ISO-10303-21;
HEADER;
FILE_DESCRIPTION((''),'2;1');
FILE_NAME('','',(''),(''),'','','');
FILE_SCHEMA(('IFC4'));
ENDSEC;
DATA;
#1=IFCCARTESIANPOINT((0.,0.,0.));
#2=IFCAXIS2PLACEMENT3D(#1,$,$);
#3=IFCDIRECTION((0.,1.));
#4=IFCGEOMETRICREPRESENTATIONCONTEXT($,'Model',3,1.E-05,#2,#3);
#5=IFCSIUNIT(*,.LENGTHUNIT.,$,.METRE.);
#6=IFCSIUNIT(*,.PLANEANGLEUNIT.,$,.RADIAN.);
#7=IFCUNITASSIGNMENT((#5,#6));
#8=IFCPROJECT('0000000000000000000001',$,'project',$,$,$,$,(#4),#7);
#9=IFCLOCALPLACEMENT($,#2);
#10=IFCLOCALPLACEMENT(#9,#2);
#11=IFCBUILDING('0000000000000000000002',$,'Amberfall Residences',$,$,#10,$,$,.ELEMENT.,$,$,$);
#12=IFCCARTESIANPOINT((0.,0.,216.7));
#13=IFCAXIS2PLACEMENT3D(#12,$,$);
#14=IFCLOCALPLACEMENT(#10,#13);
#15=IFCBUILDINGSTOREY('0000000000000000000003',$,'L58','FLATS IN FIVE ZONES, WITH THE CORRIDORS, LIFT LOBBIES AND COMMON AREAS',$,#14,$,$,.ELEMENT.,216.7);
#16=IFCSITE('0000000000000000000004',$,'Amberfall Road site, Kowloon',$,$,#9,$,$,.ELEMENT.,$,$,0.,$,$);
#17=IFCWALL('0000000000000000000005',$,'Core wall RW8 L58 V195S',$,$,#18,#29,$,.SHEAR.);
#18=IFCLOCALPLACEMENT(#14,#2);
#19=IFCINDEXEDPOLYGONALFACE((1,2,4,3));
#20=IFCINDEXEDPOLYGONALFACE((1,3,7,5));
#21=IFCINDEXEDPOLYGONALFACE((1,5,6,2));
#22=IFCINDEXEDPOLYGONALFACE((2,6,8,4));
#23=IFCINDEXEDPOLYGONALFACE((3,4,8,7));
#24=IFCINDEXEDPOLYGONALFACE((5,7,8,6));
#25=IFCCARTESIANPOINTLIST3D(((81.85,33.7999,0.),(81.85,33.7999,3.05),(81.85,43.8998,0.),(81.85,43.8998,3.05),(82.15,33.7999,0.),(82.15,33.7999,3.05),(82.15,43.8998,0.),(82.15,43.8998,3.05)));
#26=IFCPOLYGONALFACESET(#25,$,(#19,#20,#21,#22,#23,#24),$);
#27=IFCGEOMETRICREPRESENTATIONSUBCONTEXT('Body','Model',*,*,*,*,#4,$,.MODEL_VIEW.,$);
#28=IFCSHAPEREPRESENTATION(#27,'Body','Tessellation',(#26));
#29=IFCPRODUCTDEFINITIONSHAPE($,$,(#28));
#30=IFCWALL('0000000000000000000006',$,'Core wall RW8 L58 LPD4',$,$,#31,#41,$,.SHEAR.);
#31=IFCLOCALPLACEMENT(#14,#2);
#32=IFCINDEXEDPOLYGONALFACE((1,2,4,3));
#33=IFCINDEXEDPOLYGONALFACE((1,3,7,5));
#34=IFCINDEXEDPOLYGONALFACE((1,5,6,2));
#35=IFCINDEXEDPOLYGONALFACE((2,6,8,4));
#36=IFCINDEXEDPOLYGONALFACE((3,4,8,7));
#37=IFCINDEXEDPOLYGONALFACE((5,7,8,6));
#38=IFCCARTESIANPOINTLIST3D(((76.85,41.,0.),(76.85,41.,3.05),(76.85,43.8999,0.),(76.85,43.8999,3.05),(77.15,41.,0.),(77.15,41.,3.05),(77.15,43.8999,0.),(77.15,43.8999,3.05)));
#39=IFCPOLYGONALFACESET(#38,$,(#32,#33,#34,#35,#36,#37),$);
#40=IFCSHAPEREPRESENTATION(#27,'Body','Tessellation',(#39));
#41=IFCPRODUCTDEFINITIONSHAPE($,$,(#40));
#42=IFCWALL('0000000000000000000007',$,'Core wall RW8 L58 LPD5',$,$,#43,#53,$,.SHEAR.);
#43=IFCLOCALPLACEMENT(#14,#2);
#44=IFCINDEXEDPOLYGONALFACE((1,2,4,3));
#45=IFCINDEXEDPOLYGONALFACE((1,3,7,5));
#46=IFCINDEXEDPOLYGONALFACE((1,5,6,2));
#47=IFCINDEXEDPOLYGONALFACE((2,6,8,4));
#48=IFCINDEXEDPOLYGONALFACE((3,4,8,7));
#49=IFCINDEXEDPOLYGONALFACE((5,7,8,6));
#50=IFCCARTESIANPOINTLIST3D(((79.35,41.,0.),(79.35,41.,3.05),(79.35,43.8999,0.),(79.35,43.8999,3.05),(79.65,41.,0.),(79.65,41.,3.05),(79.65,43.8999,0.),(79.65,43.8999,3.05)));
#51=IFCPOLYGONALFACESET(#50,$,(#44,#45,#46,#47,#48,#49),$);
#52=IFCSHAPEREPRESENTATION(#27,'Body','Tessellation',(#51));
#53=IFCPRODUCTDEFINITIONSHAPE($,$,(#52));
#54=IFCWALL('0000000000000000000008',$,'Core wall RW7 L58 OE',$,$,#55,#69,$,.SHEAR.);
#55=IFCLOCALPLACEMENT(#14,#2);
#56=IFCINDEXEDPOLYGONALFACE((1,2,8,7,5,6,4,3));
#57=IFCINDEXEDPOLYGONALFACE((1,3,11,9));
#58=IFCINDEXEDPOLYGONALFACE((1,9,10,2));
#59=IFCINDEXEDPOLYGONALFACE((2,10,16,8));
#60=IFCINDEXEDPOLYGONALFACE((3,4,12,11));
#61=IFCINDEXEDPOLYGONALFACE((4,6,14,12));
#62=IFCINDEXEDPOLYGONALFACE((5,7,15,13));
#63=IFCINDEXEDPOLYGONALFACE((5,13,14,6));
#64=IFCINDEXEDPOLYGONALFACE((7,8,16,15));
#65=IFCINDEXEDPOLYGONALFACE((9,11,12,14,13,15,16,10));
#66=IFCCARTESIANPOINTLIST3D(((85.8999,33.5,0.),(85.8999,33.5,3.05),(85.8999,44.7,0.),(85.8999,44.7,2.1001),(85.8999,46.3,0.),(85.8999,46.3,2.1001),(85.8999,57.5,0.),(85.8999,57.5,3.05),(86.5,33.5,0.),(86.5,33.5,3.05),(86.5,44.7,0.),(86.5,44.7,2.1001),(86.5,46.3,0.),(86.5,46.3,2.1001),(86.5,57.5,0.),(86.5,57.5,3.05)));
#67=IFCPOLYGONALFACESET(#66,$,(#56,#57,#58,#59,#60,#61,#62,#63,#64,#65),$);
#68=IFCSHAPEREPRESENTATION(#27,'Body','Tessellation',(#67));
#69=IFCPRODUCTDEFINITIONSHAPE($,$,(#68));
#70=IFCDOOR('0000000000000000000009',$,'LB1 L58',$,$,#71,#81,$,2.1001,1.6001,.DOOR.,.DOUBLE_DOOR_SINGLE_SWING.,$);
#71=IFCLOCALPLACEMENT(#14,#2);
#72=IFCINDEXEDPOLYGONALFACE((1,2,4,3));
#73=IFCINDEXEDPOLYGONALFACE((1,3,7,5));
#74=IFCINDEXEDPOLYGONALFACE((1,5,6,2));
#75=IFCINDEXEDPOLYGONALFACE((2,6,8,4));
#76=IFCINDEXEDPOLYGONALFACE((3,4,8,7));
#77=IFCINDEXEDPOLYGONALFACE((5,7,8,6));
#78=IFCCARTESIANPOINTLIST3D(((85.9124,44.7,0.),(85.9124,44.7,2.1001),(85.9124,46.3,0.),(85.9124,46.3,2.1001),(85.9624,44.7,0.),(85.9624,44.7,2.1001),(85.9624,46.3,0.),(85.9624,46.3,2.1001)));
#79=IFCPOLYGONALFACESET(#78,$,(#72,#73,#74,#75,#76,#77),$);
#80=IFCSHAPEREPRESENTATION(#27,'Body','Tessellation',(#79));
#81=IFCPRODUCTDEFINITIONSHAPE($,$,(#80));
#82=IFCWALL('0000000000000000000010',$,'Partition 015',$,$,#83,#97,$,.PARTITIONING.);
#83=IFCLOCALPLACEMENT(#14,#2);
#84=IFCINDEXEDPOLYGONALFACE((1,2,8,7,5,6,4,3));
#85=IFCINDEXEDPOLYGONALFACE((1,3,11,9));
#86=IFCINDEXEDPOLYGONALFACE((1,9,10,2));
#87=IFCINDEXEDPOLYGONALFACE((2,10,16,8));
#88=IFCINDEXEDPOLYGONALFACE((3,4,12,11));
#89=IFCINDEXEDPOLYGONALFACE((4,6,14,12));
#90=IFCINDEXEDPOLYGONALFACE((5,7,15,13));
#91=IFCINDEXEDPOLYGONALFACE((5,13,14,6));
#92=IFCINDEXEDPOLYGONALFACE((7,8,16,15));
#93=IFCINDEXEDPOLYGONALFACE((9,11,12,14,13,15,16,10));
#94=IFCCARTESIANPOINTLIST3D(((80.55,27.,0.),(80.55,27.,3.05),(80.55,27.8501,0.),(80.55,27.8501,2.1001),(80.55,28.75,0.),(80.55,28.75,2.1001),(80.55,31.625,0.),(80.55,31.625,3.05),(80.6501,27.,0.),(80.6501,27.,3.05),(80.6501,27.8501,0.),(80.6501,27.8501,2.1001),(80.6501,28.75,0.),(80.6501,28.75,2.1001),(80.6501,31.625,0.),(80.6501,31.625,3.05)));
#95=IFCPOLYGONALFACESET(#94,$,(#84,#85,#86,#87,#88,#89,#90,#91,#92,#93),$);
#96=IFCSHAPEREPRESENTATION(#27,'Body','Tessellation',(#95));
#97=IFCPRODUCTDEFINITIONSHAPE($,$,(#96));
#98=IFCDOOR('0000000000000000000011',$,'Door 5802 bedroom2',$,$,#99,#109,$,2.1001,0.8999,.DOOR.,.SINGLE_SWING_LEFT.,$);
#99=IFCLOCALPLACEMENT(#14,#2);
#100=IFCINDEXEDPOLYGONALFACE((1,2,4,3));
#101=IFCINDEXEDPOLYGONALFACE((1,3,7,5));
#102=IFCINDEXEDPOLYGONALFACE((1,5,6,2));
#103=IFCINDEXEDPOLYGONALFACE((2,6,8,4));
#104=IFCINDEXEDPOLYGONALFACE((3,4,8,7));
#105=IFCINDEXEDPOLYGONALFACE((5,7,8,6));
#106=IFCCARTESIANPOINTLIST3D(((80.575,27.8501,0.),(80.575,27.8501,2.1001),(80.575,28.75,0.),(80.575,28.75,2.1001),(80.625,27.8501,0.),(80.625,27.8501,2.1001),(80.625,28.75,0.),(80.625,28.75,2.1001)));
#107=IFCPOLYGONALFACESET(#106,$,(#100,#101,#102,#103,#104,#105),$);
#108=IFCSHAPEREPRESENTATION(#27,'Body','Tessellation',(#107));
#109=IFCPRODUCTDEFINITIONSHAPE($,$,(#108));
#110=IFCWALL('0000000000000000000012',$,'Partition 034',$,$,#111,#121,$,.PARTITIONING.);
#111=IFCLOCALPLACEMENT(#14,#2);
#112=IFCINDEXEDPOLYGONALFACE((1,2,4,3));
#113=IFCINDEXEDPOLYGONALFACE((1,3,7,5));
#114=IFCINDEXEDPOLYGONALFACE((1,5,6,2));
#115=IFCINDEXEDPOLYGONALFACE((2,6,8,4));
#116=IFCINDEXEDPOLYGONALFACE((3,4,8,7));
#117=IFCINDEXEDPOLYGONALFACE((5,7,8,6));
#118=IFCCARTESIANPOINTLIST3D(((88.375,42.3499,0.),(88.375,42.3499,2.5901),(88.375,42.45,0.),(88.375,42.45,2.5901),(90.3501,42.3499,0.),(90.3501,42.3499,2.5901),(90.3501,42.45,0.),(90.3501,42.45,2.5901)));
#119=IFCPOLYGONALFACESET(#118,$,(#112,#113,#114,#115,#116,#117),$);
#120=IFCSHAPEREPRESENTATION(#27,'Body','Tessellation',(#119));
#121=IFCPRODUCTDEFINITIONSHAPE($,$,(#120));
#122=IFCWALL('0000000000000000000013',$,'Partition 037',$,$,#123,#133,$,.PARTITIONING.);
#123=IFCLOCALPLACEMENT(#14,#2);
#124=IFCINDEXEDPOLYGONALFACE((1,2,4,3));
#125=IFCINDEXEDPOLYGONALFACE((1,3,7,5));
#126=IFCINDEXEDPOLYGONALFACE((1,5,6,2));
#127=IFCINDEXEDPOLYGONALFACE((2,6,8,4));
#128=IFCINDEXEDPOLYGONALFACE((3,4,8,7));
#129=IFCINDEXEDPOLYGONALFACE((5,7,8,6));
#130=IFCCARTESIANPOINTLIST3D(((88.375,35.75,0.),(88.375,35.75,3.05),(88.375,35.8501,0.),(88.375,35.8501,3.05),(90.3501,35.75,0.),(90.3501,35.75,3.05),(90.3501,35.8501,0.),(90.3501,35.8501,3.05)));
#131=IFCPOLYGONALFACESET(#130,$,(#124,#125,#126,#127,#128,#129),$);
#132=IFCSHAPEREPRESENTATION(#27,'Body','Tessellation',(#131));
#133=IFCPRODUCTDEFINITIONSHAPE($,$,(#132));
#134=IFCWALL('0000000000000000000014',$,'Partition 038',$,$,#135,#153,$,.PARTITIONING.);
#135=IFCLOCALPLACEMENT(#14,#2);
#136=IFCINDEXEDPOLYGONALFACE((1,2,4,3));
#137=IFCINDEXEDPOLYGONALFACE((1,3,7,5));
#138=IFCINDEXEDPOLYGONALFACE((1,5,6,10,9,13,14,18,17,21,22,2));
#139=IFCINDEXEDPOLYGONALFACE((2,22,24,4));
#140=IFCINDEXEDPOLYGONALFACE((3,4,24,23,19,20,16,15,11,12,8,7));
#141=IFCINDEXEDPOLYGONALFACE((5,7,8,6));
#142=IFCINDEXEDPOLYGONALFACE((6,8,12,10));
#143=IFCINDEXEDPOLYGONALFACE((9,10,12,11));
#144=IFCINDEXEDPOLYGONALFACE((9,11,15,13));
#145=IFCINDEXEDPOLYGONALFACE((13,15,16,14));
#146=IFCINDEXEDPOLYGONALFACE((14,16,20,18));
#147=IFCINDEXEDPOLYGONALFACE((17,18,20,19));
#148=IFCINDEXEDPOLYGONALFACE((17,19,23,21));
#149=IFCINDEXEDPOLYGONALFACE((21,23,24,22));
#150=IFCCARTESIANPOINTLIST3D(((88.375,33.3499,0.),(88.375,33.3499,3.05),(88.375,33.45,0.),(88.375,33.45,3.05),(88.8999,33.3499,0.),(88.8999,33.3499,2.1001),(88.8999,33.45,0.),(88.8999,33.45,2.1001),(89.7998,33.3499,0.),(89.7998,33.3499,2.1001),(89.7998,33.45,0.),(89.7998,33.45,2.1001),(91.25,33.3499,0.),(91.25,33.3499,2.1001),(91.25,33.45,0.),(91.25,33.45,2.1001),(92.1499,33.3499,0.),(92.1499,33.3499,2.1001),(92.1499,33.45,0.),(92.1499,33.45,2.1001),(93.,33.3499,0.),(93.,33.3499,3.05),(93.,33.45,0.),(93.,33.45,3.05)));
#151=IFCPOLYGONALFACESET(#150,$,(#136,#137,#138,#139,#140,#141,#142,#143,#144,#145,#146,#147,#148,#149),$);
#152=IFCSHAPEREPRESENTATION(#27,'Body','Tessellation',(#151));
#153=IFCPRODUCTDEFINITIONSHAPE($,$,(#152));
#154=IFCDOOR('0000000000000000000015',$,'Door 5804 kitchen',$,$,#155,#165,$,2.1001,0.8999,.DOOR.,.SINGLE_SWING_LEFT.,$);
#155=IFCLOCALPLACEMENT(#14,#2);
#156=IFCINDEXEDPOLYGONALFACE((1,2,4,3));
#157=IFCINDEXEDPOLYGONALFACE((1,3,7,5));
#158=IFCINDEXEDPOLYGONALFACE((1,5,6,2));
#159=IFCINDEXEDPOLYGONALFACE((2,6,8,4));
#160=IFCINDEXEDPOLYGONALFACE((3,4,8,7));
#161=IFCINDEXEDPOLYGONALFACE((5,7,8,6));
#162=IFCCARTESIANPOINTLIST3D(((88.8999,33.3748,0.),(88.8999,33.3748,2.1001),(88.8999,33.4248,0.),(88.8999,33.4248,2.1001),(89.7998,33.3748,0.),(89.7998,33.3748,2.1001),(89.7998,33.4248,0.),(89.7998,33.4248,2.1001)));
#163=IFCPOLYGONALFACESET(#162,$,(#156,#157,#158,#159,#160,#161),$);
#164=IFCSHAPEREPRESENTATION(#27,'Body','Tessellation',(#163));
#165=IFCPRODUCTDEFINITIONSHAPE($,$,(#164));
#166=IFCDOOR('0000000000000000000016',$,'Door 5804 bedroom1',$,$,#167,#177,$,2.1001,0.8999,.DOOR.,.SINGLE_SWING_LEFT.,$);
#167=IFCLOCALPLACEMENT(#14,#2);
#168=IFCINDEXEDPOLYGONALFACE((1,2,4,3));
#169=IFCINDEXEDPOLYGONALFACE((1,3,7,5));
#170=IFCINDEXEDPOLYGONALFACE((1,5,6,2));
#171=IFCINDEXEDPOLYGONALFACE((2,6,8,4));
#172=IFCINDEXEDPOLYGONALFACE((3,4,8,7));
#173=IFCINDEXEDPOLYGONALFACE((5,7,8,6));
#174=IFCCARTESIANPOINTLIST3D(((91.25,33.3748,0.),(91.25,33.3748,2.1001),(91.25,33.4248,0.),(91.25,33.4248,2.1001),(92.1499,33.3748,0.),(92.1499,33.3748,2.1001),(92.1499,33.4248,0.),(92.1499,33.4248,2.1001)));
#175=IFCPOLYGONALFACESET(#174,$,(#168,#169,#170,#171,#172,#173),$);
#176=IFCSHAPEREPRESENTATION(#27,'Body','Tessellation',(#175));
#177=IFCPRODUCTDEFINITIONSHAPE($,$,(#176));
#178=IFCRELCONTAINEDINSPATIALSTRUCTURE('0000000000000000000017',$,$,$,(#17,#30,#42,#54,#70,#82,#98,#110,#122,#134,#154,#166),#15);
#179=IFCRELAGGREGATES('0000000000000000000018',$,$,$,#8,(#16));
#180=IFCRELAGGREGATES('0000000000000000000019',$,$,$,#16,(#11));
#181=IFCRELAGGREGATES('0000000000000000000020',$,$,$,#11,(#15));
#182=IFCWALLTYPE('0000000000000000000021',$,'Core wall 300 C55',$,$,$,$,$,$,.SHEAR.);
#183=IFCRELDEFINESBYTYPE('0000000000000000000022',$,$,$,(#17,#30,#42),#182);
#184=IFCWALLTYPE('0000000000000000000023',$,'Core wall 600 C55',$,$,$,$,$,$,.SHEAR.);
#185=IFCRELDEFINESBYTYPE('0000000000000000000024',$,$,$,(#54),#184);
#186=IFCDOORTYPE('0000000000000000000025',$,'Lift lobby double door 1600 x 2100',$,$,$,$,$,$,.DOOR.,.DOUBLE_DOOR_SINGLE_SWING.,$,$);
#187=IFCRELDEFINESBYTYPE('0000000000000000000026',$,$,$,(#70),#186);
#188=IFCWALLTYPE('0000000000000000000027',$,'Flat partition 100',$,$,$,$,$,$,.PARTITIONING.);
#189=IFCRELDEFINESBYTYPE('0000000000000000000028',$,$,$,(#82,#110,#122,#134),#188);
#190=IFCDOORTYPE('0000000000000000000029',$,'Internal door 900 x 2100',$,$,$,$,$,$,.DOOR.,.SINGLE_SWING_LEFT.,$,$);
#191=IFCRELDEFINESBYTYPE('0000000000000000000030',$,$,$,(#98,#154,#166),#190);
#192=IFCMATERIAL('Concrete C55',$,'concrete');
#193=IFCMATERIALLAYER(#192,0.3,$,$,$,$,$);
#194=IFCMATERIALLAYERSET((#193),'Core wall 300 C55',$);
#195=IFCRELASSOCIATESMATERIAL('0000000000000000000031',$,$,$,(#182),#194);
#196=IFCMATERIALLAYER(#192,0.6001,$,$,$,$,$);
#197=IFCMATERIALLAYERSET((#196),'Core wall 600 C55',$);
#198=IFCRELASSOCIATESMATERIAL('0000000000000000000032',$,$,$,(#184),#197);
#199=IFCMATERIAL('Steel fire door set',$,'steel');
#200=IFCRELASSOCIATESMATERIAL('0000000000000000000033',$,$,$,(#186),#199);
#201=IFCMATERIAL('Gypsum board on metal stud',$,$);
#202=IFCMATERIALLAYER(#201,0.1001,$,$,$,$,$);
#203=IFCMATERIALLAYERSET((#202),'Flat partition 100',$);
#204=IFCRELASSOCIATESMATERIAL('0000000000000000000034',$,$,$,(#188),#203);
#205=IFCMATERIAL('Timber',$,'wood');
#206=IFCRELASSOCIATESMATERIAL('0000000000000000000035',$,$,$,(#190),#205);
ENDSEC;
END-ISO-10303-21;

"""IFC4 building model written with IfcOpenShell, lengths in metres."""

from ifc_helpers import new_model, si_unit, direction, frame, frame_2d, origin, place, context, subcontext, project, spatial, rectangle, extrude, material, layer, layer_set, type_object, element, fill, save


model = new_model("IFC4")

# Units and contexts
model_context = context("Model", 3, precision=1e-05, world=origin(), true_north=direction((0.0, 1.0)))
body_context = subcontext(model_context, "Body", "Model", "MODEL_VIEW")
ifc_project = project(units=[si_unit("LENGTHUNIT", "METRE"), si_unit("PLANEANGLEUNIT", "RADIAN")], contexts=[model_context])

# Site, building, storey
site_placement = place(None, origin())
site = spatial("IfcSite", under=ifc_project, at=site_placement, Name="Amberfall Road site, Kowloon", CompositionType="ELEMENT", RefElevation=0.0)
building_placement = place(site_placement, origin())
building = spatial("IfcBuilding", under=site, at=building_placement, Name="Amberfall Residences", CompositionType="ELEMENT")
storey_placement = place(building_placement, frame((0.0, 0.0, 216.7)))
storey = spatial("IfcBuildingStorey", under=building, at=storey_placement, Name="L58", Description="FLATS IN FIVE ZONES, WITH THE CORRIDORS, LIFT LOBBIES AND COMMON AREAS", CompositionType="ELEMENT", Elevation=216.7)

# Walls
ifc_material_1 = material(Name="Concrete C55", Category="concrete")
ifc_layer_1 = layer(ifc_material_1, 0.3)
ifc_layer_set_1 = layer_set([ifc_layer_1], Name="Core wall 300 C55")
wall_type_1 = type_object("IfcWallType", Name="Core wall 300 C55", PredefinedType="SHEAR", material=ifc_layer_set_1)
wall_1_placement = place(storey_placement, frame((82.0, 33.8, 0.0), z_axis=(0.0, 0.0, 1.0), x_axis=(0.0, 1.0, 0.0)))
element("IfcWall", 1, at=wall_1_placement, inside=storey, type_object=wall_type_1, Name="Core wall RW8 L58 V195S", PredefinedType="SHEAR", context=body_context, shape_type="SweptSolid", body=[
    extrude(rectangle(XDim=10.0999, YDim=0.3, at=frame_2d((5.0498, 0.0))), origin(), (0.0, 0.0, 1.0), 3.05),
])
for number, where, z_axis, x_axis, name in (
    (2, (77.0, 41.0, 0.0), (0.0, 0.0, 1.0), (0.0, 1.0, 0.0), "Core wall RW8 L58 LPD4"),
    (3, (79.5, 41.0, 0.0), (0.0, 0.0, 1.0), (0.0, 1.0, 0.0), "Core wall RW8 L58 LPD5"),
):
    element("IfcWall", number, at=place(storey_placement, frame(where, z_axis=z_axis, x_axis=x_axis)), inside=storey, type_object=wall_type_1, Name=name, PredefinedType="SHEAR", context=body_context, shape_type="SweptSolid", body=[
        extrude(rectangle(XDim=2.8999, YDim=0.3, at=frame_2d((1.45, 0.0))), origin(), (0.0, 0.0, 1.0), 3.05),
    ])

# Walls, openings, doors
ifc_layer_2 = layer(ifc_material_1, 0.6001)
ifc_layer_set_2 = layer_set([ifc_layer_2], Name="Core wall 600 C55")
wall_type_2 = type_object("IfcWallType", Name="Core wall 600 C55", PredefinedType="SHEAR", material=ifc_layer_set_2)
wall_2_placement = place(storey_placement, frame((86.2, 33.5, 0.0), z_axis=(0.0, 0.0, 1.0), x_axis=(0.0, 1.0, 0.0)))
wall_2 = element("IfcWall", 4, at=wall_2_placement, inside=storey, type_object=wall_type_2, Name="Core wall RW7 L58 OE", PredefinedType="SHEAR", context=body_context, shape_type="SweptSolid", body=[
    extrude(rectangle(XDim=24.0, YDim=0.6001, at=frame_2d((12.0, 0.0))), origin(), (0.0, 0.0, 1.0), 3.05),
])
opening_1_placement = place(wall_2_placement, frame((11.2, 0.0, 0.0)))
opening_1 = element("IfcOpeningElement", 5, at=opening_1_placement, cuts=wall_2, PredefinedType="OPENING", context=body_context, shape_type="SweptSolid", body=[
    extrude(rectangle(XDim=1.6001, YDim=2.1001, at=frame_2d((0.8, 1.05))), frame((0.0, 0.3101, 0.0), z_axis=(0.0, -1.0, 0.0), x_axis=(1.0, 0.0, 0.0)), (0.0, 0.0, 1.0), 0.6201),
])
ifc_material_2 = material(Name="Steel fire door set", Category="steel")
door_type_1 = type_object("IfcDoorType", Name="Lift lobby double door 1600 x 2100", OperationType="DOUBLE_DOOR_SINGLE_SWING", PredefinedType="DOOR", material=ifc_material_2)
door_1_placement = place(opening_1_placement, origin())
door_1 = element("IfcDoor", 6, at=door_1_placement, inside=storey, type_object=door_type_1, Name="LB1 L58", OperationType="DOUBLE_DOOR_SINGLE_SWING", OverallHeight=2.1001, OverallWidth=1.6001, PredefinedType="DOOR", context=body_context, shape_type="SweptSolid", body=[
    extrude(rectangle(XDim=1.6001, YDim=2.1001, at=frame_2d((0.8, 1.05))), frame((0.0, 0.2876, 0.0), z_axis=(0.0, -1.0, 0.0), x_axis=(1.0, 0.0, 0.0)), (0.0, 0.0, 1.0), 0.05),
])
fill(opening_1, door_1)
ifc_material_3 = material(Name="Gypsum board on metal stud")
ifc_layer_3 = layer(ifc_material_3, 0.1001)
ifc_layer_set_3 = layer_set([ifc_layer_3], Name="Flat partition 100")
wall_type_3 = type_object("IfcWallType", Name="Flat partition 100", PredefinedType="PARTITIONING", material=ifc_layer_set_3)
wall_3_placement = place(storey_placement, frame((80.6001, 31.625, 0.0), z_axis=(0.0, 0.0, 1.0), x_axis=(0.0, -1.0, 0.0)))
wall_3 = element("IfcWall", 7, at=wall_3_placement, inside=storey, type_object=wall_type_3, Name="Partition 015", PredefinedType="PARTITIONING", context=body_context, shape_type="SweptSolid", body=[
    extrude(rectangle(XDim=4.625, YDim=0.1001, at=frame_2d((2.3125, 0.0))), origin(), (0.0, 0.0, 1.0), 3.05),
])
opening_2_placement = place(wall_3_placement, frame((2.875, 0.0, 0.0)))
opening_2 = element("IfcOpeningElement", 8, at=opening_2_placement, cuts=wall_3, PredefinedType="OPENING", context=body_context, shape_type="SweptSolid", body=[
    extrude(rectangle(XDim=0.8999, YDim=2.1001, at=frame_2d((0.45, 1.05))), frame((0.0, 0.0601, 0.0), z_axis=(0.0, -1.0, 0.0), x_axis=(1.0, 0.0, 0.0)), (0.0, 0.0, 1.0), 0.1201),
])
ifc_material_4 = material(Name="Timber", Category="wood")
door_type_2 = type_object("IfcDoorType", Name="Internal door 900 x 2100", OperationType="SINGLE_SWING_LEFT", PredefinedType="DOOR", material=ifc_material_4)
door_2_placement = place(opening_2_placement, origin())
door_2 = element("IfcDoor", 9, at=door_2_placement, inside=storey, type_object=door_type_2, Name="Door 5802 bedroom2", OperationType="SINGLE_SWING_LEFT", OverallHeight=2.1001, OverallWidth=0.8999, PredefinedType="DOOR", context=body_context, shape_type="SweptSolid", body=[
    extrude(rectangle(XDim=0.8999, YDim=2.1001, at=frame_2d((0.45, 1.05))), frame((0.0, 0.0249, 0.0), z_axis=(0.0, -1.0, 0.0), x_axis=(1.0, 0.0, 0.0)), (0.0, 0.0, 1.0), 0.05),
])
fill(opening_2, door_2)

# Walls
wall_4_placement = place(storey_placement, frame((88.375, 42.3999, 0.0), z_axis=(0.0, 0.0, 1.0), x_axis=(1.0, 0.0, 0.0)))
element("IfcWall", 10, at=wall_4_placement, inside=storey, type_object=wall_type_3, Name="Partition 034", PredefinedType="PARTITIONING", context=body_context, shape_type="SweptSolid", body=[
    extrude(rectangle(XDim=1.9751, YDim=0.1001, at=frame_2d((0.9875, 0.0))), origin(), (0.0, 0.0, 1.0), 2.5901),
])
wall_5_placement = place(storey_placement, frame((88.375, 35.8, 0.0), z_axis=(0.0, 0.0, 1.0), x_axis=(1.0, 0.0, 0.0)))
element("IfcWall", 11, at=wall_5_placement, inside=storey, type_object=wall_type_3, Name="Partition 037", PredefinedType="PARTITIONING", context=body_context, shape_type="SweptSolid", body=[
    extrude(rectangle(XDim=1.9751, YDim=0.1001, at=frame_2d((0.9875, 0.0))), origin(), (0.0, 0.0, 1.0), 3.05),
])

# Wall, openings, doors
wall_6_placement = place(storey_placement, frame((88.375, 33.3999, 0.0), z_axis=(0.0, 0.0, 1.0), x_axis=(1.0, 0.0, 0.0)))
wall_6 = element("IfcWall", 12, at=wall_6_placement, inside=storey, type_object=wall_type_3, Name="Partition 038", PredefinedType="PARTITIONING", context=body_context, shape_type="SweptSolid", body=[
    extrude(rectangle(XDim=4.625, YDim=0.1001, at=frame_2d((2.3125, 0.0))), origin(), (0.0, 0.0, 1.0), 3.05),
])
opening_3_placement = place(wall_6_placement, frame((0.5249, 0.0, 0.0)))
opening_3 = element("IfcOpeningElement", 13, at=opening_3_placement, cuts=wall_6, PredefinedType="OPENING", context=body_context, shape_type="SweptSolid", body=[
    extrude(rectangle(XDim=0.8999, YDim=2.1001, at=frame_2d((0.45, 1.05))), frame((0.0, 0.0601, 0.0), z_axis=(0.0, -1.0, 0.0), x_axis=(1.0, 0.0, 0.0)), (0.0, 0.0, 1.0), 0.1201),
])
opening_4_placement = place(wall_6_placement, frame((2.875, 0.0, 0.0)))
opening_4 = element("IfcOpeningElement", 14, at=opening_4_placement, cuts=wall_6, PredefinedType="OPENING", context=body_context, shape_type="SweptSolid", body=[
    extrude(rectangle(XDim=0.8999, YDim=2.1001, at=frame_2d((0.45, 1.05))), frame((0.0, 0.0601, 0.0), z_axis=(0.0, -1.0, 0.0), x_axis=(1.0, 0.0, 0.0)), (0.0, 0.0, 1.0), 0.1201),
])
door_3_placement = place(opening_3_placement, origin())
door_3 = element("IfcDoor", 15, at=door_3_placement, inside=storey, type_object=door_type_2, Name="Door 5804 kitchen", OperationType="SINGLE_SWING_LEFT", OverallHeight=2.1001, OverallWidth=0.8999, PredefinedType="DOOR", context=body_context, shape_type="SweptSolid", body=[
    extrude(rectangle(XDim=0.8999, YDim=2.1001, at=frame_2d((0.45, 1.05))), frame((0.0, 0.0249, 0.0), z_axis=(0.0, -1.0, 0.0), x_axis=(1.0, 0.0, 0.0)), (0.0, 0.0, 1.0), 0.05),
])
fill(opening_3, door_3)
door_4_placement = place(opening_4_placement, origin())
door_4 = element("IfcDoor", 16, at=door_4_placement, inside=storey, type_object=door_type_2, Name="Door 5804 bedroom1", OperationType="SINGLE_SWING_LEFT", OverallHeight=2.1001, OverallWidth=0.8999, PredefinedType="DOOR", context=body_context, shape_type="SweptSolid", body=[
    extrude(rectangle(XDim=0.8999, YDim=2.1001, at=frame_2d((0.45, 1.05))), frame((0.0, 0.0249, 0.0), z_axis=(0.0, -1.0, 0.0), x_axis=(1.0, 0.0, 0.0)), (0.0, 0.0, 1.0), 0.05),
])
fill(opening_4, door_4)

save(model, "model.ifc")
